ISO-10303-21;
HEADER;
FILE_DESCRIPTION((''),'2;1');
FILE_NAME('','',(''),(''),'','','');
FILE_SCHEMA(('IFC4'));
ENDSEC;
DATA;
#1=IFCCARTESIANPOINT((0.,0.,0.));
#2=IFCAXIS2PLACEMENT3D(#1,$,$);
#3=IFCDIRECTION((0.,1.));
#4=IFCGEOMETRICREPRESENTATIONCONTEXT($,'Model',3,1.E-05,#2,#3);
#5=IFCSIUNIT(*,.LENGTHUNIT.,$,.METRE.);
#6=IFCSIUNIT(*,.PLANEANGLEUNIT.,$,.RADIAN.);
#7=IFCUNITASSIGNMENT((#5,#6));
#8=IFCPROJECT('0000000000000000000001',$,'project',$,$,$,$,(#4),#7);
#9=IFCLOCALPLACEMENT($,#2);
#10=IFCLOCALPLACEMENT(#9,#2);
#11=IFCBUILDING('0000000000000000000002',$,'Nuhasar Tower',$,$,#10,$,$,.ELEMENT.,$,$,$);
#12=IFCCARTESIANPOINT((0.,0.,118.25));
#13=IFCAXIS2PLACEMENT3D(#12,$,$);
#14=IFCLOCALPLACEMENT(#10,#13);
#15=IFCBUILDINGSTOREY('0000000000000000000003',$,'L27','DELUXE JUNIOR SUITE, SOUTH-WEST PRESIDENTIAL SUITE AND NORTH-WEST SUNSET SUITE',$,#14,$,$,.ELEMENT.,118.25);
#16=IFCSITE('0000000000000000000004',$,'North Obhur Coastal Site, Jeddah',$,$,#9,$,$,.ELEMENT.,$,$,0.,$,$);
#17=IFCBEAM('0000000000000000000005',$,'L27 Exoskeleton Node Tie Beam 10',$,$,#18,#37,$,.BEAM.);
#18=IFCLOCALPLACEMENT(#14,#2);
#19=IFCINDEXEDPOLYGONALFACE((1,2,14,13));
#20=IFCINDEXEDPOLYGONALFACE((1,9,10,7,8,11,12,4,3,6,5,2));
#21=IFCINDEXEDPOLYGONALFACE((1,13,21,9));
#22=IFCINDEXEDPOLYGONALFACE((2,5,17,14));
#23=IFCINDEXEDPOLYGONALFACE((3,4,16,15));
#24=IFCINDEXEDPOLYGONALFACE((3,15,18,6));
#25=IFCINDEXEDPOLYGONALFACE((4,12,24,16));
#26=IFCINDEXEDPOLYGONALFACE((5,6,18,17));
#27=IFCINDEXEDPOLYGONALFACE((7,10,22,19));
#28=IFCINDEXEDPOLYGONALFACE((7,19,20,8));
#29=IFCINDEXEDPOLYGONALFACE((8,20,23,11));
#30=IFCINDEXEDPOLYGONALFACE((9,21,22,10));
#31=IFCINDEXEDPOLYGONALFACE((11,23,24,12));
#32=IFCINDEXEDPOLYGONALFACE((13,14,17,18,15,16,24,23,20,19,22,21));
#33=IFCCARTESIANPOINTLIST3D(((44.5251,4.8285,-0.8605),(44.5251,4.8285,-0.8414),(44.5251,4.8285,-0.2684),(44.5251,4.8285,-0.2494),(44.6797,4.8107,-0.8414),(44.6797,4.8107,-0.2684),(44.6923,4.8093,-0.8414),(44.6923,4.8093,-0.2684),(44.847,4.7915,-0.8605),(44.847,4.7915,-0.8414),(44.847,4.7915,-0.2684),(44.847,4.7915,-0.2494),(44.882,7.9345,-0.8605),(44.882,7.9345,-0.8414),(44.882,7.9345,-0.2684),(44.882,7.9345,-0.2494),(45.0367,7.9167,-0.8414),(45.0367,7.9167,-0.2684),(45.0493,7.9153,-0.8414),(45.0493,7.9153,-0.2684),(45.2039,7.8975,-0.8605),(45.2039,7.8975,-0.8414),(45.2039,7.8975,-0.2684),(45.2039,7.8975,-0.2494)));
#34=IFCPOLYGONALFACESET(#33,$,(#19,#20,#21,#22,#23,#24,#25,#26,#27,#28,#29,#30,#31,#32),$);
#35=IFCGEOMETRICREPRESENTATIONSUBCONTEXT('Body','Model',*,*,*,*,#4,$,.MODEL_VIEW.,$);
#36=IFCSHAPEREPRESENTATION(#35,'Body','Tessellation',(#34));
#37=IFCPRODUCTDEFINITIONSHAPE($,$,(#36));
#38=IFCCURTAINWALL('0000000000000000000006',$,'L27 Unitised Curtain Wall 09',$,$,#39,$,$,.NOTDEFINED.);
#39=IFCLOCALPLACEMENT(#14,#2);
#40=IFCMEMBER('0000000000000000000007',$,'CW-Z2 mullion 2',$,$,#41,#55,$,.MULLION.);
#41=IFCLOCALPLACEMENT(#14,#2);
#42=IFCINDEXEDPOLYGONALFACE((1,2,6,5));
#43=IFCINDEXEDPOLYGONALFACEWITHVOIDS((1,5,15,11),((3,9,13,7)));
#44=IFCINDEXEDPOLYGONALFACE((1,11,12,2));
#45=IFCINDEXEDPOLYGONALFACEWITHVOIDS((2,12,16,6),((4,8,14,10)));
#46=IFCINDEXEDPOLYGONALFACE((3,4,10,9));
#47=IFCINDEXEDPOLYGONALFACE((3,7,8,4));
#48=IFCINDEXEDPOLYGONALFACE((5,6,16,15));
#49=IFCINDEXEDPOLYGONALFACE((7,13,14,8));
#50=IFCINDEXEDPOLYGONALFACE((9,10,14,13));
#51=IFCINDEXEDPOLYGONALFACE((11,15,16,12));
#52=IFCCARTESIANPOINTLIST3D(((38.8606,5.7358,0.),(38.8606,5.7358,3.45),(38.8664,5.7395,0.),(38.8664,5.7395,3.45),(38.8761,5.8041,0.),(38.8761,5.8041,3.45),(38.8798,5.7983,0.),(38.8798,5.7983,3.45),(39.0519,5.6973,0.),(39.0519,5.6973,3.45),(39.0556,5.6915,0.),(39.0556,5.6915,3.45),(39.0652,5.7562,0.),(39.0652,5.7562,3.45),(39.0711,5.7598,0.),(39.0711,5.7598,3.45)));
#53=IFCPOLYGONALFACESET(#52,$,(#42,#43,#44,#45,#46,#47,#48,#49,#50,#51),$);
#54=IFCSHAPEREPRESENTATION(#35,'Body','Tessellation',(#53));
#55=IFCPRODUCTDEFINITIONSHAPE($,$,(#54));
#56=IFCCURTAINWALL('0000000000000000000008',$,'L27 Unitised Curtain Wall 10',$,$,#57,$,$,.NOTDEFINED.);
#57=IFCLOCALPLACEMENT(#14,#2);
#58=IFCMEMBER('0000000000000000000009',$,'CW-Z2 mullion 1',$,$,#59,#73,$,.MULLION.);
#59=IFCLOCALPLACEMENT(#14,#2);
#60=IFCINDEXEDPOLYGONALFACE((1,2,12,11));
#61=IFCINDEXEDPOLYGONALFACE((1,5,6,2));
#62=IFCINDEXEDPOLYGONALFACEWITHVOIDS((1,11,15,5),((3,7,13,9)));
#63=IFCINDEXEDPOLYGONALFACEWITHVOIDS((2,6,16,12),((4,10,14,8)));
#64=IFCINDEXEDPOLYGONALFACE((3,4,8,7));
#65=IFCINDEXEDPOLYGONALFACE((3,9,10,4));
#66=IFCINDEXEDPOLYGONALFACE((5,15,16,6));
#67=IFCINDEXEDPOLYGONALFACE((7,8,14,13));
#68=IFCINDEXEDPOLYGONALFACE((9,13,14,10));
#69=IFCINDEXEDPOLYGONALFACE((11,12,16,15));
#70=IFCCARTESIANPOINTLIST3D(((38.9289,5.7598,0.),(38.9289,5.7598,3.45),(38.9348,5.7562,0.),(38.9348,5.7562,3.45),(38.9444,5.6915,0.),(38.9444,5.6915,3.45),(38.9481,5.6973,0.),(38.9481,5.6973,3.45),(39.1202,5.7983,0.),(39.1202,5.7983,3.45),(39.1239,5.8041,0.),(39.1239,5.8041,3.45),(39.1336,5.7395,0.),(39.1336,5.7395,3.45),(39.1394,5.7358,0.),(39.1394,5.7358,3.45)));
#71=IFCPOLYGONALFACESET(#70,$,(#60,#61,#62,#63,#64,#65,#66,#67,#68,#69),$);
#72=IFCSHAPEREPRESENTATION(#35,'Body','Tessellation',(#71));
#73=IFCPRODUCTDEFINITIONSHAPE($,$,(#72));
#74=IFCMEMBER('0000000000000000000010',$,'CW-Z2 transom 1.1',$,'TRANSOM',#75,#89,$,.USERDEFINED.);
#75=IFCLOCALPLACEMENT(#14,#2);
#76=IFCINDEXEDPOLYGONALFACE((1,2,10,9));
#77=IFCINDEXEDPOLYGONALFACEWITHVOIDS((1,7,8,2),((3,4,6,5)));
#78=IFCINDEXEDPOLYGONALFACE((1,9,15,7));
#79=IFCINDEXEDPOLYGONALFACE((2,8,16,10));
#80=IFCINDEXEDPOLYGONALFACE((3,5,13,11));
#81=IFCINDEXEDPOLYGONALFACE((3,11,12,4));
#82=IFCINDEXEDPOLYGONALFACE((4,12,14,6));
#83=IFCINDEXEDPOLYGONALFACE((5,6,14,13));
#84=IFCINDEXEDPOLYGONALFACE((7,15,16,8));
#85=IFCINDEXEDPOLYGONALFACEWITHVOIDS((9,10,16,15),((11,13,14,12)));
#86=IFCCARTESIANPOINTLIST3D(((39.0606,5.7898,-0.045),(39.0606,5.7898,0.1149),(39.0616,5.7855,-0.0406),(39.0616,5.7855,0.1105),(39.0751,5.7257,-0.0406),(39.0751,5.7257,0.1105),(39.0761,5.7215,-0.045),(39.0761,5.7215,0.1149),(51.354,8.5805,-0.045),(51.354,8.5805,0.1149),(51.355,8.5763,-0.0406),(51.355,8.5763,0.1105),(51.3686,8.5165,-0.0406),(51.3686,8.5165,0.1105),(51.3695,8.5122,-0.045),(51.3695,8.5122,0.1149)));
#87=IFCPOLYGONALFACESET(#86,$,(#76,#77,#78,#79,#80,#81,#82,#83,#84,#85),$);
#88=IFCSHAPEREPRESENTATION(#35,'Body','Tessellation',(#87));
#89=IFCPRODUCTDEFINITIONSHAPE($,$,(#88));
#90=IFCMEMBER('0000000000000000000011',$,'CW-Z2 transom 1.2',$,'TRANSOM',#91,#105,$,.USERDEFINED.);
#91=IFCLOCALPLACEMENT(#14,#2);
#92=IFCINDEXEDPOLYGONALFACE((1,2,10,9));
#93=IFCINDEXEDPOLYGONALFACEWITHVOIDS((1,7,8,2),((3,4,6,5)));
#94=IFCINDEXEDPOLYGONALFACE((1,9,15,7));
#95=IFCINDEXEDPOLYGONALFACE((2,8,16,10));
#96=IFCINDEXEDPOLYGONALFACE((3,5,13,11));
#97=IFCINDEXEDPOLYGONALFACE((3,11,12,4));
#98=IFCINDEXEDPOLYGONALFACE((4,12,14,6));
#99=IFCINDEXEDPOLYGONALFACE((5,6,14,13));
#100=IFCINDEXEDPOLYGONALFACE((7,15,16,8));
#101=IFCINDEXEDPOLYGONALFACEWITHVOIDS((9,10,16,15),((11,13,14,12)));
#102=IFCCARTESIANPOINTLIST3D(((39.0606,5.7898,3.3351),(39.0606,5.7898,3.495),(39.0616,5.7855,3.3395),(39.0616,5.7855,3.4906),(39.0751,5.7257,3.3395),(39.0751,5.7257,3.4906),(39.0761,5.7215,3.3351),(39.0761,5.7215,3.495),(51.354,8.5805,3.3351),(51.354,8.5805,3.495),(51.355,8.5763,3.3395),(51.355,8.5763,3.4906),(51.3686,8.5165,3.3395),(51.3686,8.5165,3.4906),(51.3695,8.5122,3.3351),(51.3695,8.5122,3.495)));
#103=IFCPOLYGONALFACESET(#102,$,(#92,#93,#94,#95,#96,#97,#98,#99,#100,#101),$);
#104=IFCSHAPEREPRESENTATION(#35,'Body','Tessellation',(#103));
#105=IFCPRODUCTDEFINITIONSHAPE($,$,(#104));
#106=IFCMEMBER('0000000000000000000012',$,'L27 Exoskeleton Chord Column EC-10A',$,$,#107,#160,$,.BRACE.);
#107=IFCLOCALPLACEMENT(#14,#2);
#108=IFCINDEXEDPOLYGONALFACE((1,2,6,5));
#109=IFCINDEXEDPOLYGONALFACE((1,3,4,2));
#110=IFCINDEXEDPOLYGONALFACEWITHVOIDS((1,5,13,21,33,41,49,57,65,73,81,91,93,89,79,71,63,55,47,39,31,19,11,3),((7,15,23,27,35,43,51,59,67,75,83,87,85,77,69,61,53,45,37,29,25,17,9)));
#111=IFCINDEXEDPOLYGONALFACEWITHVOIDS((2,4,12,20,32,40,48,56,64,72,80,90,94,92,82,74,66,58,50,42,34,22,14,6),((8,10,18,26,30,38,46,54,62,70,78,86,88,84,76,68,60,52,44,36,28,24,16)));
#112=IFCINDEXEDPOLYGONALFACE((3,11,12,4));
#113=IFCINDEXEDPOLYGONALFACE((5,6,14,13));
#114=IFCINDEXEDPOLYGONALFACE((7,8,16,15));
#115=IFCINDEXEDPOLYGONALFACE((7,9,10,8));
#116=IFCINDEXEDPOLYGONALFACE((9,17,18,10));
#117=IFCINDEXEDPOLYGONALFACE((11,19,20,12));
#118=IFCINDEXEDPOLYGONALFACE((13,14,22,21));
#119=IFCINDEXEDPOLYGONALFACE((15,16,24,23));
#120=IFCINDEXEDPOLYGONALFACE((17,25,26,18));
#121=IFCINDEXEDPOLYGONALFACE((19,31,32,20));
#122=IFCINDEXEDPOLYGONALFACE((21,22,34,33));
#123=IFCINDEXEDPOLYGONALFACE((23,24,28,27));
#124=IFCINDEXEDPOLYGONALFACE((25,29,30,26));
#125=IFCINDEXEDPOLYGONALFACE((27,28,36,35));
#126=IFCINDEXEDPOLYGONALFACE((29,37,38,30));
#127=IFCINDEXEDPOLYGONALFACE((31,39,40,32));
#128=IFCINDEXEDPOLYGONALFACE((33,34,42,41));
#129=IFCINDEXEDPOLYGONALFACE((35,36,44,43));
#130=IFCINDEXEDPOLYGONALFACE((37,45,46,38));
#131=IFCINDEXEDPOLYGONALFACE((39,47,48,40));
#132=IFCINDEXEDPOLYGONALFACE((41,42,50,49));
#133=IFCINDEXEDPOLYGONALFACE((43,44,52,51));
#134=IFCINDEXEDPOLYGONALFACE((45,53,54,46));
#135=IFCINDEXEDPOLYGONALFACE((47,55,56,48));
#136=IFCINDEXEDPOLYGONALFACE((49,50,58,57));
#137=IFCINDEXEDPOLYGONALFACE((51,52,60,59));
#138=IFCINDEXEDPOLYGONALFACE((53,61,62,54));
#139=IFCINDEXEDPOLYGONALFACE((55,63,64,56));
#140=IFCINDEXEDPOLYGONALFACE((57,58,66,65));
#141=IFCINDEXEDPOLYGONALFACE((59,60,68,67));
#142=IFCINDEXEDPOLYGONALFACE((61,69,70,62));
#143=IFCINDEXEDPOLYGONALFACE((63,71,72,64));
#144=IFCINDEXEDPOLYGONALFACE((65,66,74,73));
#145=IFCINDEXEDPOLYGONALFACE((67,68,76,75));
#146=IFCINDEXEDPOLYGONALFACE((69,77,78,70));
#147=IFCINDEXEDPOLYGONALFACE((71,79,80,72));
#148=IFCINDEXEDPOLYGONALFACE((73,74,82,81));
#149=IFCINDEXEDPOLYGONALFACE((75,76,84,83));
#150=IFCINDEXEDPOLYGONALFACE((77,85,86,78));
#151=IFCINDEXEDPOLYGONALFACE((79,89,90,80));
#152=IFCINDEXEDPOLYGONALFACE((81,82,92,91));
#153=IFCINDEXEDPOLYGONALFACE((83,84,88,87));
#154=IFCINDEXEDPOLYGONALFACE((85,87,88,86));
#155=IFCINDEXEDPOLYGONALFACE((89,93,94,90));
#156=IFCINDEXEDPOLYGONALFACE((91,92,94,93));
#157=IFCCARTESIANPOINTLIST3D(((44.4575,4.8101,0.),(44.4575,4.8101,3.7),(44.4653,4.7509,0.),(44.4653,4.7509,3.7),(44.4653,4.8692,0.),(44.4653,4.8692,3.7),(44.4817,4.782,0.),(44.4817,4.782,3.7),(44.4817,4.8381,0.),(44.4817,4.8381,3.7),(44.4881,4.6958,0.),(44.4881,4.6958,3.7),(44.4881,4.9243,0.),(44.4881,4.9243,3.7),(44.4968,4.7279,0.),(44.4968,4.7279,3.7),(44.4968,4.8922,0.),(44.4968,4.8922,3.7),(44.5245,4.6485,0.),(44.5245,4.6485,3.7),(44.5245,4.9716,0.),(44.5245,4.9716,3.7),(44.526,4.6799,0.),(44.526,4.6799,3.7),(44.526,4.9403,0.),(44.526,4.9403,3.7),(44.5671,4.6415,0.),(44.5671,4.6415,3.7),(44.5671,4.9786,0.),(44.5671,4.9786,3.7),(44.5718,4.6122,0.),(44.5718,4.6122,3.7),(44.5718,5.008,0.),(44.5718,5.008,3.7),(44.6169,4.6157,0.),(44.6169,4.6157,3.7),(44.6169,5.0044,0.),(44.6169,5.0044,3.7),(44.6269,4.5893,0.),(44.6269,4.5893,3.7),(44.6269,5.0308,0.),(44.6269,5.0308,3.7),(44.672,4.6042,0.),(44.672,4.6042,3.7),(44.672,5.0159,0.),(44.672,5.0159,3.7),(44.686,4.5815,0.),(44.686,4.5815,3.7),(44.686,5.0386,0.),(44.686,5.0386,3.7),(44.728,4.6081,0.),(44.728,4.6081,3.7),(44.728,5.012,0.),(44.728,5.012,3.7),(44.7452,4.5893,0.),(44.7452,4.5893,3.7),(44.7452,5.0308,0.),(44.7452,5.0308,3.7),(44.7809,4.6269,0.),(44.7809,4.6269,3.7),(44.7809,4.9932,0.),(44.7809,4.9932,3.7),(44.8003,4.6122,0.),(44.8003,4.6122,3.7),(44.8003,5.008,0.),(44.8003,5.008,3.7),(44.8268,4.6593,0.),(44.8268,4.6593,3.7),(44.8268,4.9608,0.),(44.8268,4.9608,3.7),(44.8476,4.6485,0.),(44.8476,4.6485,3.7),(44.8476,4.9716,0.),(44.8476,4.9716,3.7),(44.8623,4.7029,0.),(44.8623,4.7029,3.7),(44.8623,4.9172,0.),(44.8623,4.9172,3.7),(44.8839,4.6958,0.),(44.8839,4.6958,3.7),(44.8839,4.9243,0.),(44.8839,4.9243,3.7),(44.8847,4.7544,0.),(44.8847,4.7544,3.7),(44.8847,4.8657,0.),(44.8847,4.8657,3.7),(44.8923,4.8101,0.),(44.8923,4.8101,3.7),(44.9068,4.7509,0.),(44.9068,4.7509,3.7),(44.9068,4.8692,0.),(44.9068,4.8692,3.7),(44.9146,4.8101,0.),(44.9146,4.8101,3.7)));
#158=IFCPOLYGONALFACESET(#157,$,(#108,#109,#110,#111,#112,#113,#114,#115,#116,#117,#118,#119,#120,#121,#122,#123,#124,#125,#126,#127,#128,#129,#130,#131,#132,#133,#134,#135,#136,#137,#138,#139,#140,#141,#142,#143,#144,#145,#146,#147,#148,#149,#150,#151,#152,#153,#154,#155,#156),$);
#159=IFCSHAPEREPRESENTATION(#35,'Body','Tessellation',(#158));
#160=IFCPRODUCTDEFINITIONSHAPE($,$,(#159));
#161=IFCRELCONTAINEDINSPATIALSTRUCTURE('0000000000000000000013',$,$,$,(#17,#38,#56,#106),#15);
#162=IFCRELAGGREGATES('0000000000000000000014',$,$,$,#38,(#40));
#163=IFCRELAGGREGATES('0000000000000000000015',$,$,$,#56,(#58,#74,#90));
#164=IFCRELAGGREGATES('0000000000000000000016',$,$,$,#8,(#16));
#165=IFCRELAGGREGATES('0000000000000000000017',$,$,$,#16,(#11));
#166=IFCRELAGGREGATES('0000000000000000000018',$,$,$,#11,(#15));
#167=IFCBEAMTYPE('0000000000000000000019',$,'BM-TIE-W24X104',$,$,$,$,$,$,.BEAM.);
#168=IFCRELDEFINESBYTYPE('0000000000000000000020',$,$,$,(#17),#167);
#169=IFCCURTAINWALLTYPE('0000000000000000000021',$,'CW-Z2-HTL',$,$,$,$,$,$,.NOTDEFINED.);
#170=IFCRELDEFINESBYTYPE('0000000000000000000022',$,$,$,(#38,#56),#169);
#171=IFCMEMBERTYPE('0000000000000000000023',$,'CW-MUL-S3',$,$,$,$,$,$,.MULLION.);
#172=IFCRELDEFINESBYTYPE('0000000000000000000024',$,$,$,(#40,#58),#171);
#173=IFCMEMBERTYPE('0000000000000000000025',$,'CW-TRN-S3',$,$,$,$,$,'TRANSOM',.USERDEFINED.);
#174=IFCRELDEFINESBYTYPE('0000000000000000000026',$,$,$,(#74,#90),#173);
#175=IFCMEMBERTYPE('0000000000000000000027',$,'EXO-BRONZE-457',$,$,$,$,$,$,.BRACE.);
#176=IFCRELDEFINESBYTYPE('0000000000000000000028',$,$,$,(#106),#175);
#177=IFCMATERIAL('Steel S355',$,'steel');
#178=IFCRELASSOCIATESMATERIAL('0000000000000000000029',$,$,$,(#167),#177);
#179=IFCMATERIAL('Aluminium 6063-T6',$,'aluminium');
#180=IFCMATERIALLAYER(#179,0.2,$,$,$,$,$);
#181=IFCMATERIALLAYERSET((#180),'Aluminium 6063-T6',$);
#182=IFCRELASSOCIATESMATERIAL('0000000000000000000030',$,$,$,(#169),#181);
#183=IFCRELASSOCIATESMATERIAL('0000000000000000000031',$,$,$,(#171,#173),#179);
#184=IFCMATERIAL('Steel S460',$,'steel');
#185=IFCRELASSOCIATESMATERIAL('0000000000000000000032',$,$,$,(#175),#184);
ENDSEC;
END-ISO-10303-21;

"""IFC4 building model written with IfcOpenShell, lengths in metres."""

from ifc_helpers import new_model, si_unit, direction, frame, origin, origin_2d, place, context, subcontext, project, spatial, hollow_rectangle, hollow_circle, i_section, extrude, material, layer, layer_set, material_profile, profile_set, type_object, element, aggregate, save


model = new_model("IFC4")

# Units and contexts
model_context = context("Model", 3, precision=1e-05, world=origin(), true_north=direction((0.0, 1.0)))
body_context = subcontext(model_context, "Body", "Model", "MODEL_VIEW")
ifc_project = project(units=[si_unit("LENGTHUNIT", "METRE"), si_unit("PLANEANGLEUNIT", "RADIAN")], contexts=[model_context])

# Site, building, storey
site_placement = place(None, origin())
site = spatial("IfcSite", under=ifc_project, at=site_placement, Name="North Obhur Coastal Site, Jeddah", CompositionType="ELEMENT", RefElevation=0.0)
building_placement = place(site_placement, origin())
building = spatial("IfcBuilding", under=site, at=building_placement, Name="Nuhasar Tower", CompositionType="ELEMENT")
storey_placement = place(building_placement, frame((0.0, 0.0, 118.25)))
storey = spatial("IfcBuildingStorey", under=building, at=storey_placement, Name="L27", Description="DELUXE JUNIOR SUITE, SOUTH-WEST PRESIDENTIAL SUITE AND NORTH-WEST SUNSET SUITE", CompositionType="ELEMENT", Elevation=118.25)

# Beam
ifc_material_1 = material(Name="Steel S355", Category="steel")
ifc_material_profile_1 = material_profile(ifc_material_1, i_section(OverallWidth=0.324, OverallDepth=0.6111, WebThickness=0.0127, FlangeThickness=0.019, at=origin_2d()), Name="W24X104")
ifc_profile_set_1 = profile_set([ifc_material_profile_1], Name="Steel S355")
beam_type_1 = type_object("IfcBeamType", Name="BM-TIE-W24X104", PredefinedType="BEAM", material=ifc_profile_set_1)
beam_1_placement = place(storey_placement, frame((45.043, 7.916, -0.5549), z_axis=(-0.114168, -0.993461, 0.0), x_axis=(0.993461, -0.114168, 0.0)))
element("IfcBeam", 1, at=beam_1_placement, inside=storey, type_object=beam_type_1, Name="L27 Exoskeleton Node Tie Beam 10", PredefinedType="BEAM", context=body_context, shape_type="SweptSolid", body=[
    extrude(i_section(OverallWidth=0.324, OverallDepth=0.6111, WebThickness=0.0127, FlangeThickness=0.019, at=origin_2d()), origin(), (0.0, 0.0, 1.0), 3.1265),
])

# Curtain wall, member
ifc_material_2 = material(Name="Aluminium 6063-T6", Category="aluminium")
ifc_layer_1 = layer(ifc_material_2, 0.2)
ifc_layer_set_1 = layer_set([ifc_layer_1], Name="Aluminium 6063-T6")
curtain_wall_type = type_object("IfcCurtainWallType", Name="CW-Z2-HTL", PredefinedType="NOTDEFINED", material=ifc_layer_set_1)
curtain_wall_1_placement = place(storey_placement, origin())
curtain_wall_1 = element("IfcCurtainWall", 2, at=curtain_wall_1_placement, inside=storey, type_object=curtain_wall_type, Name="L27 Unitised Curtain Wall 09", PredefinedType="NOTDEFINED")
ifc_material_profile_2 = material_profile(ifc_material_2, hollow_rectangle(XDim=0.0701, YDim=0.2, WallThickness=0.0049, at=origin_2d()), Name="CWM-3")
ifc_profile_set_2 = profile_set([ifc_material_profile_2], Name="Aluminium 6063-T6")
member_type_1 = type_object("IfcMemberType", Name="CW-MUL-S3", PredefinedType="MULLION", material=ifc_profile_set_2)
member_1_placement = place(storey_placement, frame((38.9658, 5.7478, 0.0), z_axis=(0.0, 0.0, 1.0), x_axis=(0.221397, 0.975184, 0.0)))
member_1 = element("IfcMember", 3, at=member_1_placement, type_object=member_type_1, Name="CW-Z2 mullion 2", PredefinedType="MULLION", context=body_context, shape_type="SweptSolid", body=[
    extrude(hollow_rectangle(XDim=0.0701, YDim=0.2, WallThickness=0.0049, at=origin_2d()), origin(), (0.0, 0.0, 1.0), 3.45),
])
aggregate(curtain_wall_1, [member_1])

# Curtain wall, members
curtain_wall_2_placement = place(storey_placement, origin())
curtain_wall_2 = element("IfcCurtainWall", 4, at=curtain_wall_2_placement, inside=storey, type_object=curtain_wall_type, Name="L27 Unitised Curtain Wall 10", PredefinedType="NOTDEFINED")
member_2_placement = place(storey_placement, frame((39.0342, 5.7478, 0.0), z_axis=(0.0, 0.0, 1.0), x_axis=(-0.221397, 0.975184, 0.0)))
member_2 = element("IfcMember", 5, at=member_2_placement, type_object=member_type_1, Name="CW-Z2 mullion 1", PredefinedType="MULLION", context=body_context, shape_type="SweptSolid", body=[
    extrude(hollow_rectangle(XDim=0.0701, YDim=0.2, WallThickness=0.0049, at=origin_2d()), origin(), (0.0, 0.0, 1.0), 3.45),
])
ifc_material_profile_3 = material_profile(ifc_material_2, hollow_rectangle(XDim=0.0701, YDim=0.1599, WallThickness=0.0044, at=origin_2d()), Name="CWT-3")
ifc_profile_set_3 = profile_set([ifc_material_profile_3], Name="Aluminium 6063-T6")
member_type_2 = type_object("IfcMemberType", Name="CW-TRN-S3", ElementType="TRANSOM", PredefinedType="USERDEFINED", material=ifc_profile_set_3)
member_3_placement = place(storey_placement, frame((39.0684, 5.7556, 0.0349), z_axis=(0.975188, 0.22138, 0.0), x_axis=(-0.22138, 0.975188, 0.0)))
member_3 = element("IfcMember", 6, at=member_3_placement, type_object=member_type_2, Name="CW-Z2 transom 1.1", ObjectType="TRANSOM", PredefinedType="USERDEFINED", context=body_context, shape_type="SweptSolid", body=[
    extrude(hollow_rectangle(XDim=0.0701, YDim=0.1599, WallThickness=0.0044, at=origin_2d()), origin(), (0.0, 0.0, 1.0), 12.6062),
])
member_4_placement = place(storey_placement, frame((39.0684, 5.7556, 3.415), z_axis=(0.975188, 0.22138, 0.0), x_axis=(-0.22138, 0.975188, 0.0)))
member_4 = element("IfcMember", 7, at=member_4_placement, type_object=member_type_2, Name="CW-Z2 transom 1.2", ObjectType="TRANSOM", PredefinedType="USERDEFINED", context=body_context, shape_type="SweptSolid", body=[
    extrude(hollow_rectangle(XDim=0.0701, YDim=0.1599, WallThickness=0.0044, at=origin_2d()), origin(), (0.0, 0.0, 1.0), 12.6062),
])

# Member
ifc_material_3 = material(Name="Steel S460", Category="steel")
ifc_material_profile_4 = material_profile(ifc_material_3, hollow_circle(Radius=0.2285, WallThickness=0.0222, at=origin_2d()), Name="HSS457X22.2")
ifc_profile_set_4 = profile_set([ifc_material_profile_4], Name="Steel S460")
member_type_3 = type_object("IfcMemberType", Name="EXO-BRONZE-457", PredefinedType="BRACE", material=ifc_profile_set_4)
member_5_placement = place(storey_placement, frame((44.686, 4.8101, 0.0), z_axis=(0.0, 0.0, 1.0), x_axis=(1.0, 0.0, 0.0)))
element("IfcMember", 8, at=member_5_placement, inside=storey, type_object=member_type_3, Name="L27 Exoskeleton Chord Column EC-10A", PredefinedType="BRACE", context=body_context, shape_type="SweptSolid", body=[
    extrude(hollow_circle(Radius=0.2285, WallThickness=0.0222, at=origin_2d()), origin(), (0.0, 0.0, 1.0), 3.7),
])

aggregate(curtain_wall_2, [member_2, member_3, member_4])

save(model, "model.ifc")
